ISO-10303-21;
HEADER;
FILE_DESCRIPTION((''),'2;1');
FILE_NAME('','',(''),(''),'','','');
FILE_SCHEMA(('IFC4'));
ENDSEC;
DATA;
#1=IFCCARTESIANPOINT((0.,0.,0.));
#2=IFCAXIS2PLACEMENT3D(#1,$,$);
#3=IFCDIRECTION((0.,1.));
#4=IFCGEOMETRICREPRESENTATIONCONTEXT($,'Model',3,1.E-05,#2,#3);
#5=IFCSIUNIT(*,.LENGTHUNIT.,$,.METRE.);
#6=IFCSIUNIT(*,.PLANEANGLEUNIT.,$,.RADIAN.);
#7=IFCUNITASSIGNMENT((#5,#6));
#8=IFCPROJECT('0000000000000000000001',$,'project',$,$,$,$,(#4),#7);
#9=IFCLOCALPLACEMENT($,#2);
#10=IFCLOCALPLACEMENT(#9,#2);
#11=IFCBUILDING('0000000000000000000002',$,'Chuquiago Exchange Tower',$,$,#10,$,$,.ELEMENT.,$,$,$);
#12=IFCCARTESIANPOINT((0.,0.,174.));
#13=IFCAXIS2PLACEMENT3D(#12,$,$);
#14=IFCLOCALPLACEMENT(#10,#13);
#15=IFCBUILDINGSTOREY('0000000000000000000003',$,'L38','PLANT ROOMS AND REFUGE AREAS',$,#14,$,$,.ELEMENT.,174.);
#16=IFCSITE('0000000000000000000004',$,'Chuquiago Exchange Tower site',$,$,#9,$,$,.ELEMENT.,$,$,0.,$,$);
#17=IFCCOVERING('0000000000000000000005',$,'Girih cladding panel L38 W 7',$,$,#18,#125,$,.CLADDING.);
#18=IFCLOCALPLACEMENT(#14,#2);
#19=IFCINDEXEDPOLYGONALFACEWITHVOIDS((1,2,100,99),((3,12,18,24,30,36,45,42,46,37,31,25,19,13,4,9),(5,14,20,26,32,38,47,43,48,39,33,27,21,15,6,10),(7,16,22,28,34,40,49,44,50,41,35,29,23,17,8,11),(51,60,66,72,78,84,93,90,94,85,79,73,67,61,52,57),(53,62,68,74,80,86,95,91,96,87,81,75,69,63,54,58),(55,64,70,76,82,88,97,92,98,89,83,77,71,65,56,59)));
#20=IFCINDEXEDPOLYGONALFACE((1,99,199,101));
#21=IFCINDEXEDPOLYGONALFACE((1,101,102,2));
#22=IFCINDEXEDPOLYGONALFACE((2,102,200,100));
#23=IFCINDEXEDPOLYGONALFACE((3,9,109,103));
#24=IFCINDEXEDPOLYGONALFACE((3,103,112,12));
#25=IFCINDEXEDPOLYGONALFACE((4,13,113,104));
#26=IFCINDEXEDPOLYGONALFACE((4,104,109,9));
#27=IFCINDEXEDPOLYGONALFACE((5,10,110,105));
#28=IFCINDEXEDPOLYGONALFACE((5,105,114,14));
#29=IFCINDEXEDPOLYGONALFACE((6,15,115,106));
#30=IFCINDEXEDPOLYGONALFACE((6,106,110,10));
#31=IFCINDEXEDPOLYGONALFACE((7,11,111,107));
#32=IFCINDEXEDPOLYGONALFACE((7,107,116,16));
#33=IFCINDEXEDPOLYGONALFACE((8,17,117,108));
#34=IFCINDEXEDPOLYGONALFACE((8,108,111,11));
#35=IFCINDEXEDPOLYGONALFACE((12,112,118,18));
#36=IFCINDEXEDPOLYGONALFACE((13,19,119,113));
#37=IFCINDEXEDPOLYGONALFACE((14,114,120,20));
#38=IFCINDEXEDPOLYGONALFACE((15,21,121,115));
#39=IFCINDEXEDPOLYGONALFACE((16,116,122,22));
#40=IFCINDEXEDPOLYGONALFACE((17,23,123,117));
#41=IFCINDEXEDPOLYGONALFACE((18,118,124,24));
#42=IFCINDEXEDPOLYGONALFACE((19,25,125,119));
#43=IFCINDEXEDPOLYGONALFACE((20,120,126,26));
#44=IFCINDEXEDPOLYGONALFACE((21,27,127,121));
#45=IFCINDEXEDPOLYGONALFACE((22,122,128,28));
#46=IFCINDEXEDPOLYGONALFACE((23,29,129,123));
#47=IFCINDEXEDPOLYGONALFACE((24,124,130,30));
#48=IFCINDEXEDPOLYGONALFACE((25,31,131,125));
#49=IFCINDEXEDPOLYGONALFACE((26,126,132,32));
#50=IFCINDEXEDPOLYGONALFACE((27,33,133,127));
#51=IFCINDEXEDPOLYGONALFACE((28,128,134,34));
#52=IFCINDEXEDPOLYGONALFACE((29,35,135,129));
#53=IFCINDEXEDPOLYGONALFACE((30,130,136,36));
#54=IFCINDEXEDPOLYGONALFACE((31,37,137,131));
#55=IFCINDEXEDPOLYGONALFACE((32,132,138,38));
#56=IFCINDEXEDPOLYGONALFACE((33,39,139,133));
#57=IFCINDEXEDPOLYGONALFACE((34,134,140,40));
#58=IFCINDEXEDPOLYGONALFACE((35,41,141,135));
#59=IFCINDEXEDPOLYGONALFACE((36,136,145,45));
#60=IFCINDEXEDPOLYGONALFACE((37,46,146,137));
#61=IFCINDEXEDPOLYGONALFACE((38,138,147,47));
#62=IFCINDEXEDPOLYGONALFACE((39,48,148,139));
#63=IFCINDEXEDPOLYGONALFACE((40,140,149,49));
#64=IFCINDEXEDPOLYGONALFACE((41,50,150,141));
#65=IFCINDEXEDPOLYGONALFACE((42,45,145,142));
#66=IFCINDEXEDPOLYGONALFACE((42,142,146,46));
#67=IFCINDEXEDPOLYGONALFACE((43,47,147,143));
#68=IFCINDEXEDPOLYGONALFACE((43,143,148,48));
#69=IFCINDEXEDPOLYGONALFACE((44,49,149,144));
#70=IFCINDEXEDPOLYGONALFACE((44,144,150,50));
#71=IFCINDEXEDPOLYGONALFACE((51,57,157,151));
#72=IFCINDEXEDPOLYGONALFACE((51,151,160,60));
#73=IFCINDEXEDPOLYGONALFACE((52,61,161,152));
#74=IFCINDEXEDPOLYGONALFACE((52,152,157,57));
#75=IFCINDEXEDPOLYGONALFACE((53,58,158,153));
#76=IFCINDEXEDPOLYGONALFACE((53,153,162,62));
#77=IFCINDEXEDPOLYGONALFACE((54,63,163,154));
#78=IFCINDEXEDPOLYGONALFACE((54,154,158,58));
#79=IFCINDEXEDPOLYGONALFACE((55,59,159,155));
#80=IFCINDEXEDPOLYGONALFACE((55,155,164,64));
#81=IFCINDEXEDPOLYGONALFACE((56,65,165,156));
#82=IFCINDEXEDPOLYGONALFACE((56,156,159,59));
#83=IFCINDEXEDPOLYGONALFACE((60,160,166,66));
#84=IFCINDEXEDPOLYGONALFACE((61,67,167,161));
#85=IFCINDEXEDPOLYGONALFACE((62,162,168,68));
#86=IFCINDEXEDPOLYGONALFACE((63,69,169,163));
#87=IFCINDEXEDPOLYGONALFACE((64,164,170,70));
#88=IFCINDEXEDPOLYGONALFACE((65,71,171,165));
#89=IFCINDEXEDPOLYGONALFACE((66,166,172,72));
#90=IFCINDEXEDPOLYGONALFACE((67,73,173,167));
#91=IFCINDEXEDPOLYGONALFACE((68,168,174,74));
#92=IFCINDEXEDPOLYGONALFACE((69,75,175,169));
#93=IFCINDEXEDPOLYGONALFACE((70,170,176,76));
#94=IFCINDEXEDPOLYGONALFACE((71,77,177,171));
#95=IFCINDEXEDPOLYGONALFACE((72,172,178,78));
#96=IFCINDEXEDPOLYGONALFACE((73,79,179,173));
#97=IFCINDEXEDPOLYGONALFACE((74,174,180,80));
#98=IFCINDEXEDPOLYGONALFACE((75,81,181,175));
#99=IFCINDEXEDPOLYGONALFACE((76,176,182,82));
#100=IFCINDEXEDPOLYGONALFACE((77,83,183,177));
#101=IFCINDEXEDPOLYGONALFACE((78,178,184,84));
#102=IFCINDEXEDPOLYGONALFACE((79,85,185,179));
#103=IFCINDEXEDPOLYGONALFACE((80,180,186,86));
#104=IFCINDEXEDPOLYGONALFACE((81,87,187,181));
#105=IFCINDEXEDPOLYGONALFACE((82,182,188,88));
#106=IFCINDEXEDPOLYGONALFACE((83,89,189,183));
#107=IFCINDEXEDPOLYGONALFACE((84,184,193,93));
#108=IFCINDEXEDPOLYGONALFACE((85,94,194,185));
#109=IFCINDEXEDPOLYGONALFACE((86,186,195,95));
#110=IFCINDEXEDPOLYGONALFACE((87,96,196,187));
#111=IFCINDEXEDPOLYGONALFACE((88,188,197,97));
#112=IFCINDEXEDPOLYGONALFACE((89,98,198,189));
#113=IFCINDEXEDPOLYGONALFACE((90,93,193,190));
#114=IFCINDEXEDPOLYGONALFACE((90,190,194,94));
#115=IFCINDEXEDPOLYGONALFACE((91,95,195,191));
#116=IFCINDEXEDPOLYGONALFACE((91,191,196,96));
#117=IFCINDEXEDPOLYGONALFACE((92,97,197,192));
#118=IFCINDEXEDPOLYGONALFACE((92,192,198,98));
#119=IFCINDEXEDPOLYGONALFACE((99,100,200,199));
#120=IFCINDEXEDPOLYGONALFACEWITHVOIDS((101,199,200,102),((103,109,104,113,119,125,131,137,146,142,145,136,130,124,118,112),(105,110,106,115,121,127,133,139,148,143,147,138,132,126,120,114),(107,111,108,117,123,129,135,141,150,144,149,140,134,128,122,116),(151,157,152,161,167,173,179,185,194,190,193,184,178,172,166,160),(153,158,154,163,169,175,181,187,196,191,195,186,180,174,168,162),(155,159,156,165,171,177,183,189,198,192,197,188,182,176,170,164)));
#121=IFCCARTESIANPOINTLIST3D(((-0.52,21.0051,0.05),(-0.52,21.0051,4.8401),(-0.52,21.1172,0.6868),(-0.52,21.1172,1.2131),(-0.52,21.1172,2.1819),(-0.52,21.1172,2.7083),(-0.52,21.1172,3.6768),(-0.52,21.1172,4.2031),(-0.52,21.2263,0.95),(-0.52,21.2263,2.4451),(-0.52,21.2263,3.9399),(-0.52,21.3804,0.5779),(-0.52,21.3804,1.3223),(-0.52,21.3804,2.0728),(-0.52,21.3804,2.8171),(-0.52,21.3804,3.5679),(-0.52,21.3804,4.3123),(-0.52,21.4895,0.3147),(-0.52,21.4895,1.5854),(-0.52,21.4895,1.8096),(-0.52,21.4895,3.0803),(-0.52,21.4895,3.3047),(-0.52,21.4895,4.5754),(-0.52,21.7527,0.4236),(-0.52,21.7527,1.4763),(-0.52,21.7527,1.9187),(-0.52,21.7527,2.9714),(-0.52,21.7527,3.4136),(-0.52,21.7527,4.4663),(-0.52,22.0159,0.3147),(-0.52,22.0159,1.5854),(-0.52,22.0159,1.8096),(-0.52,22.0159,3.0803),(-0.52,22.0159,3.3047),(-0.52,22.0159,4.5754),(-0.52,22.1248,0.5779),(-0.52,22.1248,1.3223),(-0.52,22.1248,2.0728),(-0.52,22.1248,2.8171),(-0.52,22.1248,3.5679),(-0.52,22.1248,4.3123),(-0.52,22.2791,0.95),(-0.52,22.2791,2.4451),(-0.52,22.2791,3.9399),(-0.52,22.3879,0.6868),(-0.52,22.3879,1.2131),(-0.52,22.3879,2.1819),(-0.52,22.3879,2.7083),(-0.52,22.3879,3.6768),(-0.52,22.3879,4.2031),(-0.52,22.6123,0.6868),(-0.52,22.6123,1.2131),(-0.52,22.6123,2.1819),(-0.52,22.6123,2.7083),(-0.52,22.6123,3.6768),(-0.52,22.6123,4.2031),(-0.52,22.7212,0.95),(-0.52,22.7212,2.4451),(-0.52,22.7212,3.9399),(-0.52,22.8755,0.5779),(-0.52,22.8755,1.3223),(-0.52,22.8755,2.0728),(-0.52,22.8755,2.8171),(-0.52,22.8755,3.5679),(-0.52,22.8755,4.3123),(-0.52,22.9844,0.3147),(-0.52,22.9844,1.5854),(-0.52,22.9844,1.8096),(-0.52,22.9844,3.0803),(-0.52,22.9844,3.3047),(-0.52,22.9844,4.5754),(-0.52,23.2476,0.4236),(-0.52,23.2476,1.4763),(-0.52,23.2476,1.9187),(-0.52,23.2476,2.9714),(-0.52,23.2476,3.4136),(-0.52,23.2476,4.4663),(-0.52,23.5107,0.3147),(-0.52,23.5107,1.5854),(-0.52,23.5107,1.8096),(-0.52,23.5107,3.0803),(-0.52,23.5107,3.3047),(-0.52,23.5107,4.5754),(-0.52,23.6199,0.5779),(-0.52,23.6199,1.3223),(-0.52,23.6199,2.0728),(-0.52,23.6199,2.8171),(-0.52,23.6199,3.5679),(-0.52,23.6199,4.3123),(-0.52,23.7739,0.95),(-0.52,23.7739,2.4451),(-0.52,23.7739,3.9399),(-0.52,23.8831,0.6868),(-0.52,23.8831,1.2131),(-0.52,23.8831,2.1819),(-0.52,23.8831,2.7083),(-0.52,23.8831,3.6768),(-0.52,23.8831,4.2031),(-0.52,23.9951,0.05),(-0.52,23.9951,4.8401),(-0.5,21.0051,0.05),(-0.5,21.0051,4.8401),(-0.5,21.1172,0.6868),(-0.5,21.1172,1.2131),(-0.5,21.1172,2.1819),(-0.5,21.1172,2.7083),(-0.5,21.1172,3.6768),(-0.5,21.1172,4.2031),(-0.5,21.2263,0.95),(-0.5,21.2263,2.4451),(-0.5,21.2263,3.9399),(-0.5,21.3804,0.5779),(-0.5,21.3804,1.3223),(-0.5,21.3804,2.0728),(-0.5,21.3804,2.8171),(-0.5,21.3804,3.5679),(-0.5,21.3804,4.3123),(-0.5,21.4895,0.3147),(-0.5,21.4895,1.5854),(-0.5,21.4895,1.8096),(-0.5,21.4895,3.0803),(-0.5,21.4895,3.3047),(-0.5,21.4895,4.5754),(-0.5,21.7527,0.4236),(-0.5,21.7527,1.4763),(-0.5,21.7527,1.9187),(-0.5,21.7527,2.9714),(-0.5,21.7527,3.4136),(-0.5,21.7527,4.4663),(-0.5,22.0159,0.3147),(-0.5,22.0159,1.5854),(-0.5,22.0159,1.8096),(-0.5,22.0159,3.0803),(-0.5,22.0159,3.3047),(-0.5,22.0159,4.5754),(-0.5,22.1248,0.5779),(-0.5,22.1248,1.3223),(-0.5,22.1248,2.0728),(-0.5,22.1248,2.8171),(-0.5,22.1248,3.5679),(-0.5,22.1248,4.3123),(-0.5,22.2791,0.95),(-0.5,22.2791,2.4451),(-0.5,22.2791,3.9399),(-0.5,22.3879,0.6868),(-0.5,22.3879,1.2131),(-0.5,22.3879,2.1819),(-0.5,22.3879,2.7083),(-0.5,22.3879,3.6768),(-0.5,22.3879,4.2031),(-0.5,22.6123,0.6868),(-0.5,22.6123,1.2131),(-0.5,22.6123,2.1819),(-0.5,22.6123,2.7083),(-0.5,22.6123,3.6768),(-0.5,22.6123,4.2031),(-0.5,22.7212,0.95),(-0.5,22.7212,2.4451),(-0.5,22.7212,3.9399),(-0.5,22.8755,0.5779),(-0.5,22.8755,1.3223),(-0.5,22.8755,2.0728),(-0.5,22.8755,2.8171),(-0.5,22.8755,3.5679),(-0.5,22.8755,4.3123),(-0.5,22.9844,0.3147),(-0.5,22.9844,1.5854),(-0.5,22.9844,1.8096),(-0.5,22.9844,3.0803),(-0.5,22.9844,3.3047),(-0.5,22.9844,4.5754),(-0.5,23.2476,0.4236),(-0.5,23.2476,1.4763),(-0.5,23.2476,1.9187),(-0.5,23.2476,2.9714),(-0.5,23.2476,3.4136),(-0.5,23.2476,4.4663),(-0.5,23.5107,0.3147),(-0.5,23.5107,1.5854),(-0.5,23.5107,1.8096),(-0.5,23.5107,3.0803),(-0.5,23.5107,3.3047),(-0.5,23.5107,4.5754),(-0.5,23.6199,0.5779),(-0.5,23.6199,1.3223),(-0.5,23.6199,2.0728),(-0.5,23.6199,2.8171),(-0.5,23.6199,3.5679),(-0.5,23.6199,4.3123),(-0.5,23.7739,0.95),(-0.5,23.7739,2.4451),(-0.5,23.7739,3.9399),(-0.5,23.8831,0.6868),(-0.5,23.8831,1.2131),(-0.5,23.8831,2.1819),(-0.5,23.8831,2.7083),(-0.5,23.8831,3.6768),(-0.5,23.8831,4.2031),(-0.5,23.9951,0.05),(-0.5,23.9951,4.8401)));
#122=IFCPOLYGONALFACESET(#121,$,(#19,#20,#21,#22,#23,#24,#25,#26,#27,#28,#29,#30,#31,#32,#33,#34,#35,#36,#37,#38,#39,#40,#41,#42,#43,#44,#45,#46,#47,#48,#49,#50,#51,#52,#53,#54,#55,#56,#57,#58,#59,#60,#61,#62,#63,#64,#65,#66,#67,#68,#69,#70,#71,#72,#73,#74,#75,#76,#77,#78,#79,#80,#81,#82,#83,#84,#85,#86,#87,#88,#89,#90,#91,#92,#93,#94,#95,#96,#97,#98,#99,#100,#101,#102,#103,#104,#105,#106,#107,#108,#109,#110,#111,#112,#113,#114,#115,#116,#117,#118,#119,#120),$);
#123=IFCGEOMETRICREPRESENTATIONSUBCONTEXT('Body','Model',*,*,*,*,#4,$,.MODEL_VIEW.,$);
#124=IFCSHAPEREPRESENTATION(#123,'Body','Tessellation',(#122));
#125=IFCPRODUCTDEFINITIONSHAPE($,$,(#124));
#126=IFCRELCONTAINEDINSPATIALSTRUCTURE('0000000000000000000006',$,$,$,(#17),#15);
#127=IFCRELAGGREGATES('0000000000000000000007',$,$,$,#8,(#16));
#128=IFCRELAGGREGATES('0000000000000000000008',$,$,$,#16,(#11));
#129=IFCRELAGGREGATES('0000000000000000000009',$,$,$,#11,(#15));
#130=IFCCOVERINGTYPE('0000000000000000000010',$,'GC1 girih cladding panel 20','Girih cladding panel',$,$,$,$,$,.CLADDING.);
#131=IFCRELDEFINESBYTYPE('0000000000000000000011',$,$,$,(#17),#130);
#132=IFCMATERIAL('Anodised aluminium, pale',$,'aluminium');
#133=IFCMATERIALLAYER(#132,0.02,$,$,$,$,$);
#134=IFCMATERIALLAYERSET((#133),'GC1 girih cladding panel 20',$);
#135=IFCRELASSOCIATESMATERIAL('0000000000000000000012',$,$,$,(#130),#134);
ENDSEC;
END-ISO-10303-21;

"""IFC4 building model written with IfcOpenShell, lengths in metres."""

from ifc_helpers import new_model, si_unit, direction, frame, origin, place, context, subcontext, project, spatial, polyline, outline, extrude, material, layer, layer_set, type_object, element, save


model = new_model("IFC4")

# Units and contexts
model_context = context("Model", 3, precision=1e-05, world=origin(), true_north=direction((0.0, 1.0)))
body_context = subcontext(model_context, "Body", "Model", "MODEL_VIEW")
ifc_project = project(units=[si_unit("LENGTHUNIT", "METRE"), si_unit("PLANEANGLEUNIT", "RADIAN")], contexts=[model_context])

# Site, building, storey
site_placement = place(None, origin())
site = spatial("IfcSite", under=ifc_project, at=site_placement, Name="Chuquiago Exchange Tower site", CompositionType="ELEMENT", RefElevation=0.0)
building_placement = place(site_placement, origin())
building = spatial("IfcBuilding", under=site, at=building_placement, Name="Chuquiago Exchange Tower", CompositionType="ELEMENT")
storey_placement = place(building_placement, frame((0.0, 0.0, 174.0)))
storey = spatial("IfcBuildingStorey", under=building, at=storey_placement, Name="L38", Description="PLANT ROOMS AND REFUGE AREAS", CompositionType="ELEMENT", Elevation=174.0)

# Covering
ifc_material_1 = material(Name="Anodised aluminium, pale", Category="aluminium")
ifc_layer_1 = layer(ifc_material_1, 0.02)
ifc_layer_set_1 = layer_set([ifc_layer_1], Name="GC1 girih cladding panel 20")
covering_type_1 = type_object("IfcCoveringType", Name="GC1 girih cladding panel 20", Description="Girih cladding panel", PredefinedType="CLADDING", material=ifc_layer_set_1)
covering_1_placement = place(storey_placement, frame((-0.5, 23.9951, 0.05), z_axis=(0.0, 0.0, 1.0), x_axis=(0.0, -1.0, 0.0)))
element("IfcCovering", 1, at=covering_1_placement, inside=storey, type_object=covering_type_1, Name="Girih cladding panel L38 W 7", PredefinedType="CLADDING", context=body_context, shape_type="SweptSolid", body=[
    extrude(outline(polyline([(0.0, 0.0), (2.99, 0.0), (2.99, 4.79), (0.0, 4.79), (0.0, 0.0)]), holes=[polyline([(1.2739, 0.8999), (1.3828, 1.1631), (1.1196, 1.2722), (1.0107, 1.5354), (0.7476, 1.4263), (0.4844, 1.5354), (0.3752, 1.2722), (0.1121, 1.1631), (0.2212, 0.8999), (0.1121, 0.6367), (0.3752, 0.5278), (0.4844, 0.2646), (0.7476, 0.3735), (1.0107, 0.2646), (1.1196, 0.5278), (1.3828, 0.6367), (1.2739, 0.8999)]), polyline([(2.7688, 0.8999), (2.8779, 1.1631), (2.6147, 1.2722), (2.5056, 1.5354), (2.2424, 1.4263), (1.9792, 1.5354), (1.8704, 1.2722), (1.6072, 1.1631), (1.7161, 0.8999), (1.6072, 0.6367), (1.8704, 0.5278), (1.9792, 0.2646), (2.2424, 0.3735), (2.5056, 0.2646), (2.6147, 0.5278), (2.8779, 0.6367), (2.7688, 0.8999)]), polyline([(1.2739, 2.395), (1.3828, 2.6582), (1.1196, 2.7671), (1.0107, 3.0303), (0.7476, 2.9214), (0.4844, 3.0303), (0.3752, 2.7671), (0.1121, 2.6582), (0.2212, 2.395), (0.1121, 2.1318), (0.3752, 2.0227), (0.4844, 1.7595), (0.7476, 1.8687), (1.0107, 1.7595), (1.1196, 2.0227), (1.3828, 2.1318), (1.2739, 2.395)]), polyline([(2.7688, 2.395), (2.8779, 2.6582), (2.6147, 2.7671), (2.5056, 3.0303), (2.2424, 2.9214), (1.9792, 3.0303), (1.8704, 2.7671), (1.6072, 2.6582), (1.7161, 2.395), (1.6072, 2.1318), (1.8704, 2.0227), (1.9792, 1.7595), (2.2424, 1.8687), (2.5056, 1.7595), (2.6147, 2.0227), (2.8779, 2.1318), (2.7688, 2.395)]), polyline([(1.2739, 3.8899), (1.3828, 4.1531), (1.1196, 4.2622), (1.0107, 4.5254), (0.7476, 4.4163), (0.4844, 4.5254), (0.3752, 4.2622), (0.1121, 4.1531), (0.2212, 3.8899), (0.1121, 3.6267), (0.3752, 3.5178), (0.4844, 3.2546), (0.7476, 3.3635), (1.0107, 3.2546), (1.1196, 3.5178), (1.3828, 3.6267), (1.2739, 3.8899)]), polyline([(2.7688, 3.8899), (2.8779, 4.1531), (2.6147, 4.2622), (2.5056, 4.5254), (2.2424, 4.4163), (1.9792, 4.5254), (1.8704, 4.2622), (1.6072, 4.1531), (1.7161, 3.8899), (1.6072, 3.6267), (1.8704, 3.5178), (1.9792, 3.2546), (2.2424, 3.3635), (2.5056, 3.2546), (2.6147, 3.5178), (2.8779, 3.6267), (2.7688, 3.8899)])]), frame((0.0, 0.0, 0.0), z_axis=(0.0, -1.0, 0.0), x_axis=(1.0, 0.0, 0.0)), (0.0, 0.0, 1.0), 0.02),
])

save(model, "model.ifc")
